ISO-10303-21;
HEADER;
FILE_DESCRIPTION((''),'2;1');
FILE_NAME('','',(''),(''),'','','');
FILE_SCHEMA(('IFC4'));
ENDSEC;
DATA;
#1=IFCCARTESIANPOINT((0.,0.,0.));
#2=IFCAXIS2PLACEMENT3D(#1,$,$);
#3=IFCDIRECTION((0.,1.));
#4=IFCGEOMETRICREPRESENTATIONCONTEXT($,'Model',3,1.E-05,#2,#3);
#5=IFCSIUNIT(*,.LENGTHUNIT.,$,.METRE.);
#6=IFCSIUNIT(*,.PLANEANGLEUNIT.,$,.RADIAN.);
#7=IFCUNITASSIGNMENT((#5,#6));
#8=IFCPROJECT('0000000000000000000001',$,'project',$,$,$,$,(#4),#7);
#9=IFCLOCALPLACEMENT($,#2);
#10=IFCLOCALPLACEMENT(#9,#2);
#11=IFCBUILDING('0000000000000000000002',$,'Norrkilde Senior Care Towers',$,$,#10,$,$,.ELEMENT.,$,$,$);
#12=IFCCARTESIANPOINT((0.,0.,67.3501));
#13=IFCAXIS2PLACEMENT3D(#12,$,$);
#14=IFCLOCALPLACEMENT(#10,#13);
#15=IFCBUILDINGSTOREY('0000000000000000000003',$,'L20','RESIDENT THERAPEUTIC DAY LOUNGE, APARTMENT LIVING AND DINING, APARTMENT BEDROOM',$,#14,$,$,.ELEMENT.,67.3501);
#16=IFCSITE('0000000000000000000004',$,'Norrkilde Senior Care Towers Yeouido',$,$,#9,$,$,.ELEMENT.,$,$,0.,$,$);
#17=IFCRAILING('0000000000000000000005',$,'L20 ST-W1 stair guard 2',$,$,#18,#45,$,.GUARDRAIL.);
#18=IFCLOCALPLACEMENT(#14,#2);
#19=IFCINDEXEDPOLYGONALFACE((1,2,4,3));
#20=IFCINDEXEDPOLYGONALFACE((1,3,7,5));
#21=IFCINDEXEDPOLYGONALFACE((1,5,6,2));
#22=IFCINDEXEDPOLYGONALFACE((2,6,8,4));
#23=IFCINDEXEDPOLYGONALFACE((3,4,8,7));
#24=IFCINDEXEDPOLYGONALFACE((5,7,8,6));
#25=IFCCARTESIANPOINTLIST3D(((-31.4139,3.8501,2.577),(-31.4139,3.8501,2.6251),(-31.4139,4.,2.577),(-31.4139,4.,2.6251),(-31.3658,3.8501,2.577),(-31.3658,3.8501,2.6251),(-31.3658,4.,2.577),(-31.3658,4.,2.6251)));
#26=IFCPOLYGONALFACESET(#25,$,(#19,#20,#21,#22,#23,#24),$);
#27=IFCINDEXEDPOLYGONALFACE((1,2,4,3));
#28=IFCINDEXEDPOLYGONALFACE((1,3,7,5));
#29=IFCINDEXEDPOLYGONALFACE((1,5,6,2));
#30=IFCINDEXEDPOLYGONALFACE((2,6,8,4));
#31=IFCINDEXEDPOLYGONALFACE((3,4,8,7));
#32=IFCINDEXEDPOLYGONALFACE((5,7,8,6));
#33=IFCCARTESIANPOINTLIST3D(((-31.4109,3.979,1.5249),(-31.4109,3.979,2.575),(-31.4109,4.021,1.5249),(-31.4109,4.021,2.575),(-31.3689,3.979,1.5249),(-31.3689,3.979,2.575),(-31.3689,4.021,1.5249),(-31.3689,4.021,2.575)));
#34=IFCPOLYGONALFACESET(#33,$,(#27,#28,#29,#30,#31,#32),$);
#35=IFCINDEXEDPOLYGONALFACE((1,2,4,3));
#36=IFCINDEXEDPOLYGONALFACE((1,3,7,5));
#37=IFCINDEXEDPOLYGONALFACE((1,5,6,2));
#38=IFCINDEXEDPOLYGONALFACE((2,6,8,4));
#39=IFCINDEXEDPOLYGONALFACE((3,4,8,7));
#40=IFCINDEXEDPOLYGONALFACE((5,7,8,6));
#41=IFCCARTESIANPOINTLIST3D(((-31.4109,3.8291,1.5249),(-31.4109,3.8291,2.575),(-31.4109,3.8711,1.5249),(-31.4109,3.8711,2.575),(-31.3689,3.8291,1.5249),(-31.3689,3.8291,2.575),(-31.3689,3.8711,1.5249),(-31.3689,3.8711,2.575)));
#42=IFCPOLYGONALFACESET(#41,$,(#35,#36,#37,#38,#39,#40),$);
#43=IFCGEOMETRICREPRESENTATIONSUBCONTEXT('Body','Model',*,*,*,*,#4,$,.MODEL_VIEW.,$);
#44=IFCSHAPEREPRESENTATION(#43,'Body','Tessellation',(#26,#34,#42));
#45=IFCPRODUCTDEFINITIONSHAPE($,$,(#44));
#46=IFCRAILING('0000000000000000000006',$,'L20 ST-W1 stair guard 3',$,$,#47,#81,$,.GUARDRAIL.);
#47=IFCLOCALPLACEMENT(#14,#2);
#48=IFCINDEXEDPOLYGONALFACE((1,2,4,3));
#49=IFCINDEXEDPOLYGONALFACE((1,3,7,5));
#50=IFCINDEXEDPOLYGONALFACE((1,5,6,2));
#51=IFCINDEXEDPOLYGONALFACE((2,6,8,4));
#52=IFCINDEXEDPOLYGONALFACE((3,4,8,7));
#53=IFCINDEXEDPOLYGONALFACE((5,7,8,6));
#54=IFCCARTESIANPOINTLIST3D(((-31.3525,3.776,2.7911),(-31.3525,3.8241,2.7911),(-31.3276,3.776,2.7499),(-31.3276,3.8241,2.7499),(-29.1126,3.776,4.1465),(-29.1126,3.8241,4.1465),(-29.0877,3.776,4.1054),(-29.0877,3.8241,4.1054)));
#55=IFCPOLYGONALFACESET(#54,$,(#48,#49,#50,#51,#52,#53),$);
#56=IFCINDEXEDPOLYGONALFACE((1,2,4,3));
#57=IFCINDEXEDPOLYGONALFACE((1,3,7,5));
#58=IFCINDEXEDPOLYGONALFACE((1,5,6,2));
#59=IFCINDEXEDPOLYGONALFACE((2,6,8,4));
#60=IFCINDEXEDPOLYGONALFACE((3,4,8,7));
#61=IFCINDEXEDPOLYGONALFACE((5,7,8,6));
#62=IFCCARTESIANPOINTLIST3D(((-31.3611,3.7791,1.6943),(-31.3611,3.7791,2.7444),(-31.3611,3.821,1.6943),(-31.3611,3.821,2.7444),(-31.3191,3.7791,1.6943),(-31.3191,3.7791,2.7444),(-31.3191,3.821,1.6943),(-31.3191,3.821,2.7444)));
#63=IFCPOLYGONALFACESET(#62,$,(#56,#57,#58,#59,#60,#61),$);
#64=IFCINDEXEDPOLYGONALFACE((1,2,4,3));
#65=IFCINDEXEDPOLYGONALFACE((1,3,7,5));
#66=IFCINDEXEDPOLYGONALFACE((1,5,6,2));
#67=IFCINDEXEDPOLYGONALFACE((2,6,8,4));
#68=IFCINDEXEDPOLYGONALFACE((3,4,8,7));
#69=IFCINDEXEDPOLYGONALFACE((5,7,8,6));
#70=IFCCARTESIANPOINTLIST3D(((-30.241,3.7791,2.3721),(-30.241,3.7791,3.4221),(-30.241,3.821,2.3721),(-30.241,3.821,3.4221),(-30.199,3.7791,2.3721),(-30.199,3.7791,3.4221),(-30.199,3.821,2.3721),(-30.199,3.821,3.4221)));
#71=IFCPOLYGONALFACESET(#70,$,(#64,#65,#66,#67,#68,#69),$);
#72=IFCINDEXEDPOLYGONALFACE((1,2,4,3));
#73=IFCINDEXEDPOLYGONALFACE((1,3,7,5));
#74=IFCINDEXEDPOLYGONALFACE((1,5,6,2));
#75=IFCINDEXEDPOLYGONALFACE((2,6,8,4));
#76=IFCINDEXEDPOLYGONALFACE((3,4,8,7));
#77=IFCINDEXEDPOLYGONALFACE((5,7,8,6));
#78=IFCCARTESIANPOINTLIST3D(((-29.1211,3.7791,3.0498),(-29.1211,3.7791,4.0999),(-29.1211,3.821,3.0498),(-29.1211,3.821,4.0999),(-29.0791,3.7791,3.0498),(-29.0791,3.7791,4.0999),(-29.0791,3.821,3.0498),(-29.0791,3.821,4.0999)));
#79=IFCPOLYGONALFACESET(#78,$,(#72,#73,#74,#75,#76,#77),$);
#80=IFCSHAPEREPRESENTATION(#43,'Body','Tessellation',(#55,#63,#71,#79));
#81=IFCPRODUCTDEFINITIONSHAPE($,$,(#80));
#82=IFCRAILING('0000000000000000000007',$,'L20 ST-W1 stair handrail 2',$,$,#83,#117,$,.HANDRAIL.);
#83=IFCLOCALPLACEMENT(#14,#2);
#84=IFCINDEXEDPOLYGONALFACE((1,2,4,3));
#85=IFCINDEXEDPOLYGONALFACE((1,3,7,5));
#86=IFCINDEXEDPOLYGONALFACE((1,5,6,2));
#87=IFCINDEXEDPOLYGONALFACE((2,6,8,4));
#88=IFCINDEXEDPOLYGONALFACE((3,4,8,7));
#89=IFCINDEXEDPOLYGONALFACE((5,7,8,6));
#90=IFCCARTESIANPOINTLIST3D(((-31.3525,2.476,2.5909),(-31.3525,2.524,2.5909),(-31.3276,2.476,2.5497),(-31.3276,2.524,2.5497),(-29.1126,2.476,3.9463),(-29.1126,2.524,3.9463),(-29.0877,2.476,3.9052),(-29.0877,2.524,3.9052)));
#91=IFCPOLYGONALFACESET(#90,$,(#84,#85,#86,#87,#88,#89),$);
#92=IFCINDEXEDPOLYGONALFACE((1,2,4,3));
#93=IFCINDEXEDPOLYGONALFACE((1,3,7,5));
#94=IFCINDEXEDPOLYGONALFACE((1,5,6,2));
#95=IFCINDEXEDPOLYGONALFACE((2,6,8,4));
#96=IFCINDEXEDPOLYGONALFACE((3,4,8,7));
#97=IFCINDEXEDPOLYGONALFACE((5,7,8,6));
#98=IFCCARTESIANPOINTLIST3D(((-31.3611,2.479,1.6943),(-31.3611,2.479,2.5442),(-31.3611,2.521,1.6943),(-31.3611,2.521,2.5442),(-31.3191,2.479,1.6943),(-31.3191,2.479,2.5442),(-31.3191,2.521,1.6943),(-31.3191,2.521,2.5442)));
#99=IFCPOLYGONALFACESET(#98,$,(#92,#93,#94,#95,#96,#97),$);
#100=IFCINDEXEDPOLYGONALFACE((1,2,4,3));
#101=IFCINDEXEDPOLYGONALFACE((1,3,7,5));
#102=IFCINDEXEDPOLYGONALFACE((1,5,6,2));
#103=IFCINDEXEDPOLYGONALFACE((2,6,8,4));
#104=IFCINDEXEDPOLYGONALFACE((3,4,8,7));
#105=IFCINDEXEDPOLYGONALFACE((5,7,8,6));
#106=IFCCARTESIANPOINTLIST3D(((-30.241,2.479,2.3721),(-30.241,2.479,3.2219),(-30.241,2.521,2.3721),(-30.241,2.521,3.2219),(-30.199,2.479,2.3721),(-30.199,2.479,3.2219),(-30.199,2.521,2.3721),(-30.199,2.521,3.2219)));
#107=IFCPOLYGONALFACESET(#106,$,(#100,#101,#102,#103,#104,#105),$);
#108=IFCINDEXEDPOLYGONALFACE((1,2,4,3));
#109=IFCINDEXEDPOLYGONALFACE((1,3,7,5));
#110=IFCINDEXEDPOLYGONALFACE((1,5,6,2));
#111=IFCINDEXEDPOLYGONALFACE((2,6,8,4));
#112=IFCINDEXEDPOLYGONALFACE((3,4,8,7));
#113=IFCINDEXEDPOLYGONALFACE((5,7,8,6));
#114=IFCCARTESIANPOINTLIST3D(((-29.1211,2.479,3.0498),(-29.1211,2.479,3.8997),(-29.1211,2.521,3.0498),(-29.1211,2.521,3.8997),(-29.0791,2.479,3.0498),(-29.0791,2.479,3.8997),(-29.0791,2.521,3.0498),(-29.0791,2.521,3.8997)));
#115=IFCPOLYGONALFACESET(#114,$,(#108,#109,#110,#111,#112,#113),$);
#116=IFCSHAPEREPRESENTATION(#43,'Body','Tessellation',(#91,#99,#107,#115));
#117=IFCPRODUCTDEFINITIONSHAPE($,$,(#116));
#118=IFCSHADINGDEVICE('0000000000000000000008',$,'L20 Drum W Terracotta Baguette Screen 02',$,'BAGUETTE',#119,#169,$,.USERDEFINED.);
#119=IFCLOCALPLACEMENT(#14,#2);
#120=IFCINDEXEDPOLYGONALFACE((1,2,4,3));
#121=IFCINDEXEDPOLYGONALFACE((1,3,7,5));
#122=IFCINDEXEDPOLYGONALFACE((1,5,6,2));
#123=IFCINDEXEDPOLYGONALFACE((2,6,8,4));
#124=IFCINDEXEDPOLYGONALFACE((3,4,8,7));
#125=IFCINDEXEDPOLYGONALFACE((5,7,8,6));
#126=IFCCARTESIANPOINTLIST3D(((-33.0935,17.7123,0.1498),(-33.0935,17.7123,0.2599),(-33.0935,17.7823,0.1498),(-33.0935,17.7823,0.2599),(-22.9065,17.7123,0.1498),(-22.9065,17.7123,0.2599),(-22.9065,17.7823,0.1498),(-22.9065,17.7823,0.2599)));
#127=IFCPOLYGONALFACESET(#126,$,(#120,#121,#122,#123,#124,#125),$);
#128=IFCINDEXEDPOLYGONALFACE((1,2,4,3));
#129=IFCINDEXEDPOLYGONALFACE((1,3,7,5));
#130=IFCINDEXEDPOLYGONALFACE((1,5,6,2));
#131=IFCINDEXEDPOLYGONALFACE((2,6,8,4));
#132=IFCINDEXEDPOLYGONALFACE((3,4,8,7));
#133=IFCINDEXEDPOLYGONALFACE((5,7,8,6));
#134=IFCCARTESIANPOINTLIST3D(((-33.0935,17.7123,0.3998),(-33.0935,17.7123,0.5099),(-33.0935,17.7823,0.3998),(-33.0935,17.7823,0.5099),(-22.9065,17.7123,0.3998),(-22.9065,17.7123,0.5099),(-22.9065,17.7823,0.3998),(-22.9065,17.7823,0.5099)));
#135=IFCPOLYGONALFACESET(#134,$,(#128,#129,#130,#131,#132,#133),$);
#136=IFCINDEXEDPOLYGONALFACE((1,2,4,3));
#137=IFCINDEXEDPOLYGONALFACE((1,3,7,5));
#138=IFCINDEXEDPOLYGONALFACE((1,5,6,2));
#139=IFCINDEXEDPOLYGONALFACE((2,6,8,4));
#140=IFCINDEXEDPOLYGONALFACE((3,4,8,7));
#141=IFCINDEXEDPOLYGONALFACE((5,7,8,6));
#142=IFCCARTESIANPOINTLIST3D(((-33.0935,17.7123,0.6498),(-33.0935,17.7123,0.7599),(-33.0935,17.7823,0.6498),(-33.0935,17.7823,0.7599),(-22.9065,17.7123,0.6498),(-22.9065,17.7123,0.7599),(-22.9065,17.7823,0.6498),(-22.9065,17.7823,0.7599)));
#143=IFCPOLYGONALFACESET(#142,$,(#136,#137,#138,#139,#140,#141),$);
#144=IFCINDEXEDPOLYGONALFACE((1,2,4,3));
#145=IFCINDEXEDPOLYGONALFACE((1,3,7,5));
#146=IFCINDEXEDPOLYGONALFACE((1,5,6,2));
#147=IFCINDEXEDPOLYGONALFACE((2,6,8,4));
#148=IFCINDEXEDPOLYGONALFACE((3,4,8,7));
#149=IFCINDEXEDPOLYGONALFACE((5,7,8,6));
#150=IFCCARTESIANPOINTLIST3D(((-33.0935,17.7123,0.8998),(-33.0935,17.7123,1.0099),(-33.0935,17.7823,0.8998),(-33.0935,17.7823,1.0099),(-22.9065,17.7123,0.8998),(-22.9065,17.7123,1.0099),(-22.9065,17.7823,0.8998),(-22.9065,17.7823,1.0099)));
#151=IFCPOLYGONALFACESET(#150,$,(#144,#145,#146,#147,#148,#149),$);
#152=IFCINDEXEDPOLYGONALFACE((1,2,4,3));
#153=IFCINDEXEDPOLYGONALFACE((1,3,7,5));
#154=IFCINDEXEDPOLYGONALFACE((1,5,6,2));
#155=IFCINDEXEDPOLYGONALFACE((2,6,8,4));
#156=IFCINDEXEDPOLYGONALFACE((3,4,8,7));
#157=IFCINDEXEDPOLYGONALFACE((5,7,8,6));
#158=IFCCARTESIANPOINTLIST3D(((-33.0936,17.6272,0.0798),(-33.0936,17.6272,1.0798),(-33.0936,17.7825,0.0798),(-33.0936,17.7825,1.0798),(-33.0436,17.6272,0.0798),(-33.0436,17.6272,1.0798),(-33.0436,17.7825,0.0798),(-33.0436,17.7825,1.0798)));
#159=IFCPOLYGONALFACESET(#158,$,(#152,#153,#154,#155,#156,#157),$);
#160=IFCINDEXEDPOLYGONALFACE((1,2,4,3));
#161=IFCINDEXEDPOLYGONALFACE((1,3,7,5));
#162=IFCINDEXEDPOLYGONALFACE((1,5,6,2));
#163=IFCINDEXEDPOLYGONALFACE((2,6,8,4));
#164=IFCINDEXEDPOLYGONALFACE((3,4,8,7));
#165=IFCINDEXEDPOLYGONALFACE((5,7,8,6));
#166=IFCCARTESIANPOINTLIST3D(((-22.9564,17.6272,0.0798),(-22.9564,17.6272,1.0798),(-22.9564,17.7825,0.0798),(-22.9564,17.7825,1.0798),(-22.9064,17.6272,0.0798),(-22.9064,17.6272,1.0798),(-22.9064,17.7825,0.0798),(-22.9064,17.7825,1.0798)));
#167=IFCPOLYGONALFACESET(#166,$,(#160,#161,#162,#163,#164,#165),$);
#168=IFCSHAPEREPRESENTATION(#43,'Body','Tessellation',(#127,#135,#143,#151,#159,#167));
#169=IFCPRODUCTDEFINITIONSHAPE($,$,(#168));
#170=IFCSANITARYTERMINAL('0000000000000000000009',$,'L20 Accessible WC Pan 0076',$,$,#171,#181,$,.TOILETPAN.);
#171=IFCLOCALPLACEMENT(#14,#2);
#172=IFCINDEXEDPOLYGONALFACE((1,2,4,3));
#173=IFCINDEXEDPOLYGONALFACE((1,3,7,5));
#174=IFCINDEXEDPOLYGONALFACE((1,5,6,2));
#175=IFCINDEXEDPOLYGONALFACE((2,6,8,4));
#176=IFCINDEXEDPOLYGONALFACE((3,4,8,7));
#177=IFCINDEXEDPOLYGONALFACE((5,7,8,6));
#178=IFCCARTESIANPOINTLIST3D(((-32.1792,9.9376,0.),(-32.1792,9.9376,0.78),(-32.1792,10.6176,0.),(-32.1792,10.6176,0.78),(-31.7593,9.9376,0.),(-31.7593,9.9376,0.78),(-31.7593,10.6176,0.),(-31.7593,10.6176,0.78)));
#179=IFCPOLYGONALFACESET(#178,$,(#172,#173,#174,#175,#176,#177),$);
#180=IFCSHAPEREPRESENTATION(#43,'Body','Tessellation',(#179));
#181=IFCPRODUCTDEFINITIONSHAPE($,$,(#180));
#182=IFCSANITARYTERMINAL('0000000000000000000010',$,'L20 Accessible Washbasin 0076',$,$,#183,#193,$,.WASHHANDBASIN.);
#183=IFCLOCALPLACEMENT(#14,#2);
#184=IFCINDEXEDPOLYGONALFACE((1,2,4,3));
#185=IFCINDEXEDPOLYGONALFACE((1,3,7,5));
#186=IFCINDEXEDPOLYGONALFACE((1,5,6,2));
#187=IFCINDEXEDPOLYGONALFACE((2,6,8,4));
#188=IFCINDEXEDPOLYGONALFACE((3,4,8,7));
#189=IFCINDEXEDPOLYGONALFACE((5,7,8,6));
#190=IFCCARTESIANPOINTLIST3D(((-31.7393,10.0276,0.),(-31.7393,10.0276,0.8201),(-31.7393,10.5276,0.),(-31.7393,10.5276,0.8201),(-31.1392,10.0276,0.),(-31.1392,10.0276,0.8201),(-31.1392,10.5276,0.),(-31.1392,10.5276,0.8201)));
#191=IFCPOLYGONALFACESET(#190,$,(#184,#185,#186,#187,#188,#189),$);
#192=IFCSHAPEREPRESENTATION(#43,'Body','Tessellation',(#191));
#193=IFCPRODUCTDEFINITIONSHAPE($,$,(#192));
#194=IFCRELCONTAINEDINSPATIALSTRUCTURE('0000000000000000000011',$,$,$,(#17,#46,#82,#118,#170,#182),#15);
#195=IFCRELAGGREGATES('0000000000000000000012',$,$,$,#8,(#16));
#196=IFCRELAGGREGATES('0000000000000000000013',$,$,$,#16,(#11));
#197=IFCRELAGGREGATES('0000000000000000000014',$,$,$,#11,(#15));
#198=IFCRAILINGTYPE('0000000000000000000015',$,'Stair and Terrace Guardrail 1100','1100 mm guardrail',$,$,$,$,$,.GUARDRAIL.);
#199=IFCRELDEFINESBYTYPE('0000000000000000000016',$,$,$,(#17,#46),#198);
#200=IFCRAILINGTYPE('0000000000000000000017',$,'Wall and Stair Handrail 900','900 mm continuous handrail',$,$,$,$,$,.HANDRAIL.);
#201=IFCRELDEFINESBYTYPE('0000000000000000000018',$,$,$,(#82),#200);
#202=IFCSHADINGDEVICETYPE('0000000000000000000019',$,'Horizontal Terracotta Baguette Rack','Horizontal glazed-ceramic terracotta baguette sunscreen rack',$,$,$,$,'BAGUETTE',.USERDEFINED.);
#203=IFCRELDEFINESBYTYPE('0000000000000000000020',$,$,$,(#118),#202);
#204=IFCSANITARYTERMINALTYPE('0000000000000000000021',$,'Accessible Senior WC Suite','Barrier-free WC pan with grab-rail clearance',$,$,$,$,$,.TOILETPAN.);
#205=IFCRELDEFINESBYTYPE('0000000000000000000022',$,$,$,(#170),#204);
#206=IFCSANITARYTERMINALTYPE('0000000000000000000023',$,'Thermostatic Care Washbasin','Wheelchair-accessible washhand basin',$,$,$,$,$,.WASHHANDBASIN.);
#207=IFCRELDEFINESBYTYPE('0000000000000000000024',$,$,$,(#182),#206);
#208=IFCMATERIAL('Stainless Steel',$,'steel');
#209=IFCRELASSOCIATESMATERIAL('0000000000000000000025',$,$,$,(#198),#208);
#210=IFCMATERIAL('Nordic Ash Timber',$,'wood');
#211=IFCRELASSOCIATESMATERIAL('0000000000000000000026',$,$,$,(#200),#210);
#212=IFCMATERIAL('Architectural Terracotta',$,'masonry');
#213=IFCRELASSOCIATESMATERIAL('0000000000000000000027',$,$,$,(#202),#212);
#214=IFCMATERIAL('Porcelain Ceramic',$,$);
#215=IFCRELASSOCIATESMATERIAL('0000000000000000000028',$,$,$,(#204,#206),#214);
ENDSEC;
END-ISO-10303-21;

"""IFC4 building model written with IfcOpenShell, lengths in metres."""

from ifc_helpers import new_model, si_unit, direction, frame, origin, origin_2d, place, context, subcontext, project, spatial, rectangle, extrude, source, transform, mapped, material, type_object, type_shapes, element, save


model = new_model("IFC4")

# Units and contexts
model_context = context("Model", 3, precision=1e-05, world=origin(), true_north=direction((0.0, 1.0)))
body_context = subcontext(model_context, "Body", "Model", "MODEL_VIEW")
ifc_project = project(units=[si_unit("LENGTHUNIT", "METRE"), si_unit("PLANEANGLEUNIT", "RADIAN")], contexts=[model_context])

# Site, building, storey
site_placement = place(None, origin())
site = spatial("IfcSite", under=ifc_project, at=site_placement, Name="Norrkilde Senior Care Towers Yeouido", CompositionType="ELEMENT", RefElevation=0.0)
building_placement = place(site_placement, origin())
building = spatial("IfcBuilding", under=site, at=building_placement, Name="Norrkilde Senior Care Towers", CompositionType="ELEMENT")
storey_placement = place(building_placement, frame((0.0, 0.0, 67.3501)))
storey = spatial("IfcBuildingStorey", under=building, at=storey_placement, Name="L20", Description="RESIDENT THERAPEUTIC DAY LOUNGE, APARTMENT LIVING AND DINING, APARTMENT BEDROOM", CompositionType="ELEMENT", Elevation=67.3501)

# Shared definitions
ifc_material_1 = material(Name="Nordic Ash Timber", Category="wood")

# Railings
ifc_material_2 = material(Name="Stainless Steel", Category="steel")
railing_type_1 = type_object("IfcRailingType", Name="Stair and Terrace Guardrail 1100", Description="1100 mm guardrail", PredefinedType="GUARDRAIL", material=ifc_material_2)
railing_1_placement = place(storey_placement, frame((-31.3899, 4.0, 1.5249)))
element("IfcRailing", 1, at=railing_1_placement, inside=storey, type_object=railing_type_1, Name="L20 ST-W1 stair guard 2", PredefinedType="GUARDRAIL", context=body_context, shape_type="SweptSolid", body=[
    extrude(rectangle(XDim=0.0481, YDim=0.0481, at=origin_2d()), frame((0.0, 0.0, 1.0762), z_axis=(0.0, -1.0, 0.0), x_axis=(1.0, 0.0, 0.0)), (0.0, 0.0, 1.0), 0.1499),
    extrude(rectangle(XDim=0.042, YDim=0.042, at=origin_2d()), origin(), (0.0, 0.0, 1.0), 1.05),
    extrude(rectangle(XDim=0.042, YDim=0.042, at=origin_2d()), frame((0.0, -0.1499, 0.0)), (0.0, 0.0, 1.0), 1.05),
])
railing_2_placement = place(storey_placement, frame((-31.3401, 3.8, 1.6943)))
element("IfcRailing", 2, at=railing_2_placement, inside=storey, type_object=railing_type_1, Name="L20 ST-W1 stair guard 3", PredefinedType="GUARDRAIL", context=body_context, shape_type="SweptSolid", body=[
    extrude(rectangle(XDim=0.0481, YDim=0.0481, at=origin_2d()), frame((0.0, 0.0, 1.0762), z_axis=(0.855553, 0.0, 0.517715), x_axis=(0.0, 1.0, 0.0)), (0.0, 0.0, 1.0), 2.6182),
    extrude(rectangle(XDim=0.042, YDim=0.042, at=origin_2d()), origin(), (0.0, 0.0, 1.0), 1.05),
    extrude(rectangle(XDim=0.042, YDim=0.042, at=origin_2d()), frame((1.1201, 0.0, 0.6777)), (0.0, 0.0, 1.0), 1.05),
    extrude(rectangle(XDim=0.042, YDim=0.042, at=origin_2d()), frame((2.24, 0.0, 1.3555)), (0.0, 0.0, 1.0), 1.05),
])
railing_type_2 = type_object("IfcRailingType", Name="Wall and Stair Handrail 900", Description="900 mm continuous handrail", PredefinedType="HANDRAIL", material=ifc_material_1)
railing_3_placement = place(storey_placement, frame((-31.3401, 2.5, 1.6943)))
element("IfcRailing", 3, at=railing_3_placement, inside=storey, type_object=railing_type_2, Name="L20 ST-W1 stair handrail 2", PredefinedType="HANDRAIL", context=body_context, shape_type="SweptSolid", body=[
    extrude(rectangle(XDim=0.0481, YDim=0.0481, at=origin_2d()), frame((0.0, 0.0, 0.876), z_axis=(0.855553, 0.0, 0.517715), x_axis=(0.0, 1.0, 0.0)), (0.0, 0.0, 1.0), 2.6182),
    extrude(rectangle(XDim=0.042, YDim=0.042, at=origin_2d()), origin(), (0.0, 0.0, 1.0), 0.8499),
    extrude(rectangle(XDim=0.042, YDim=0.042, at=origin_2d()), frame((1.1201, 0.0, 0.6777)), (0.0, 0.0, 1.0), 0.8499),
    extrude(rectangle(XDim=0.042, YDim=0.042, at=origin_2d()), frame((2.24, 0.0, 1.3555)), (0.0, 0.0, 1.0), 0.8499),
])

# Shading device
ifc_material_3 = material(Name="Architectural Terracotta", Category="masonry")
shading_device_type = type_object("IfcShadingDeviceType", Name="Horizontal Terracotta Baguette Rack", Description="Horizontal glazed-ceramic terracotta baguette sunscreen rack", ElementType="BAGUETTE", PredefinedType="USERDEFINED", material=ifc_material_3)
shared_shape_1 = source(origin(), body_context, "Body", "SweptSolid", [
    extrude(rectangle(XDim=0.0701, YDim=0.1101, at=origin_2d()), frame((0.0, 0.0901, 0.125), z_axis=(1.0, 0.0, 0.0), x_axis=(0.0, 1.0, 0.0)), (0.0, 0.0, 1.0), 10.187),
    extrude(rectangle(XDim=0.0701, YDim=0.1101, at=origin_2d()), frame((0.0, 0.0901, 0.375), z_axis=(1.0, 0.0, 0.0), x_axis=(0.0, 1.0, 0.0)), (0.0, 0.0, 1.0), 10.187),
    extrude(rectangle(XDim=0.0701, YDim=0.1101, at=origin_2d()), frame((0.0, 0.0901, 0.625), z_axis=(1.0, 0.0, 0.0), x_axis=(0.0, 1.0, 0.0)), (0.0, 0.0, 1.0), 10.187),
    extrude(rectangle(XDim=0.0701, YDim=0.1101, at=origin_2d()), frame((0.0, 0.0901, 0.875), z_axis=(1.0, 0.0, 0.0), x_axis=(0.0, 1.0, 0.0)), (0.0, 0.0, 1.0), 10.187),
    extrude(rectangle(XDim=0.05, YDim=0.1553, at=origin_2d()), frame((0.0249, 0.0476, 0.0)), (0.0, 0.0, 1.0), 1.0),
    extrude(rectangle(XDim=0.05, YDim=0.1553, at=origin_2d()), frame((10.1621, 0.0476, 0.0)), (0.0, 0.0, 1.0), 1.0),
])
type_shapes(shading_device_type, [shared_shape_1])
shading_device_placement = place(storey_placement, frame((-33.0935, 17.6572, 0.0798), z_axis=(0.0, 0.0, 1.0), x_axis=(1.0, 0.0, 0.0)))
element("IfcShadingDevice", 4, at=shading_device_placement, inside=storey, type_object=shading_device_type, Name="L20 Drum W Terracotta Baguette Screen 02", ObjectType="BAGUETTE", PredefinedType="USERDEFINED", context=body_context, shape_type="MappedRepresentation", body=[
    mapped(shared_shape_1, transform((0.0, 0.0, 0.0), x_axis=(1.0, 0.0, 0.0), y_axis=(0.0, 1.0, 0.0), z_axis=(0.0, 0.0, 1.0), scale=1.0)),
])

# Sanitary terminals
ifc_material_4 = material(Name="Porcelain Ceramic")
sanitary_terminal_type_1 = type_object("IfcSanitaryTerminalType", Name="Accessible Senior WC Suite", Description="Barrier-free WC pan with grab-rail clearance", PredefinedType="TOILETPAN", material=ifc_material_4)
shared_shape_2 = source(origin(), body_context, "Body", "SweptSolid", [
    extrude(rectangle(XDim=0.4199, YDim=0.6799, at=origin_2d()), origin(), (0.0, 0.0, 1.0), 0.78),
])
type_shapes(sanitary_terminal_type_1, [shared_shape_2])
sanitary_terminal_1_placement = place(storey_placement, frame((-31.9692, 10.2776, 0.0), z_axis=(0.0, 0.0, 1.0), x_axis=(1.0, 0.0, 0.0)))
element("IfcSanitaryTerminal", 5, at=sanitary_terminal_1_placement, inside=storey, type_object=sanitary_terminal_type_1, Name="L20 Accessible WC Pan 0076", PredefinedType="TOILETPAN", context=body_context, shape_type="MappedRepresentation", body=[
    mapped(shared_shape_2, transform((0.0, 0.0, 0.0), x_axis=(1.0, 0.0, 0.0), y_axis=(0.0, 1.0, 0.0), z_axis=(0.0, 0.0, 1.0), scale=1.0)),
])
sanitary_terminal_type_2 = type_object("IfcSanitaryTerminalType", Name="Thermostatic Care Washbasin", Description="Wheelchair-accessible washhand basin", PredefinedType="WASHHANDBASIN", material=ifc_material_4)
shared_shape_3 = source(origin(), body_context, "Body", "SweptSolid", [
    extrude(rectangle(XDim=0.6001, YDim=0.5, at=origin_2d()), origin(), (0.0, 0.0, 1.0), 0.8201),
])
type_shapes(sanitary_terminal_type_2, [shared_shape_3])
sanitary_terminal_2_placement = place(storey_placement, frame((-31.4392, 10.2776, 0.0), z_axis=(0.0, 0.0, 1.0), x_axis=(1.0, 0.0, 0.0)))
element("IfcSanitaryTerminal", 6, at=sanitary_terminal_2_placement, inside=storey, type_object=sanitary_terminal_type_2, Name="L20 Accessible Washbasin 0076", PredefinedType="WASHHANDBASIN", context=body_context, shape_type="MappedRepresentation", body=[
    mapped(shared_shape_3, transform((0.0, 0.0, 0.0), x_axis=(1.0, 0.0, 0.0), y_axis=(0.0, 1.0, 0.0), z_axis=(0.0, 0.0, 1.0), scale=1.0)),
])

save(model, "model.ifc")
